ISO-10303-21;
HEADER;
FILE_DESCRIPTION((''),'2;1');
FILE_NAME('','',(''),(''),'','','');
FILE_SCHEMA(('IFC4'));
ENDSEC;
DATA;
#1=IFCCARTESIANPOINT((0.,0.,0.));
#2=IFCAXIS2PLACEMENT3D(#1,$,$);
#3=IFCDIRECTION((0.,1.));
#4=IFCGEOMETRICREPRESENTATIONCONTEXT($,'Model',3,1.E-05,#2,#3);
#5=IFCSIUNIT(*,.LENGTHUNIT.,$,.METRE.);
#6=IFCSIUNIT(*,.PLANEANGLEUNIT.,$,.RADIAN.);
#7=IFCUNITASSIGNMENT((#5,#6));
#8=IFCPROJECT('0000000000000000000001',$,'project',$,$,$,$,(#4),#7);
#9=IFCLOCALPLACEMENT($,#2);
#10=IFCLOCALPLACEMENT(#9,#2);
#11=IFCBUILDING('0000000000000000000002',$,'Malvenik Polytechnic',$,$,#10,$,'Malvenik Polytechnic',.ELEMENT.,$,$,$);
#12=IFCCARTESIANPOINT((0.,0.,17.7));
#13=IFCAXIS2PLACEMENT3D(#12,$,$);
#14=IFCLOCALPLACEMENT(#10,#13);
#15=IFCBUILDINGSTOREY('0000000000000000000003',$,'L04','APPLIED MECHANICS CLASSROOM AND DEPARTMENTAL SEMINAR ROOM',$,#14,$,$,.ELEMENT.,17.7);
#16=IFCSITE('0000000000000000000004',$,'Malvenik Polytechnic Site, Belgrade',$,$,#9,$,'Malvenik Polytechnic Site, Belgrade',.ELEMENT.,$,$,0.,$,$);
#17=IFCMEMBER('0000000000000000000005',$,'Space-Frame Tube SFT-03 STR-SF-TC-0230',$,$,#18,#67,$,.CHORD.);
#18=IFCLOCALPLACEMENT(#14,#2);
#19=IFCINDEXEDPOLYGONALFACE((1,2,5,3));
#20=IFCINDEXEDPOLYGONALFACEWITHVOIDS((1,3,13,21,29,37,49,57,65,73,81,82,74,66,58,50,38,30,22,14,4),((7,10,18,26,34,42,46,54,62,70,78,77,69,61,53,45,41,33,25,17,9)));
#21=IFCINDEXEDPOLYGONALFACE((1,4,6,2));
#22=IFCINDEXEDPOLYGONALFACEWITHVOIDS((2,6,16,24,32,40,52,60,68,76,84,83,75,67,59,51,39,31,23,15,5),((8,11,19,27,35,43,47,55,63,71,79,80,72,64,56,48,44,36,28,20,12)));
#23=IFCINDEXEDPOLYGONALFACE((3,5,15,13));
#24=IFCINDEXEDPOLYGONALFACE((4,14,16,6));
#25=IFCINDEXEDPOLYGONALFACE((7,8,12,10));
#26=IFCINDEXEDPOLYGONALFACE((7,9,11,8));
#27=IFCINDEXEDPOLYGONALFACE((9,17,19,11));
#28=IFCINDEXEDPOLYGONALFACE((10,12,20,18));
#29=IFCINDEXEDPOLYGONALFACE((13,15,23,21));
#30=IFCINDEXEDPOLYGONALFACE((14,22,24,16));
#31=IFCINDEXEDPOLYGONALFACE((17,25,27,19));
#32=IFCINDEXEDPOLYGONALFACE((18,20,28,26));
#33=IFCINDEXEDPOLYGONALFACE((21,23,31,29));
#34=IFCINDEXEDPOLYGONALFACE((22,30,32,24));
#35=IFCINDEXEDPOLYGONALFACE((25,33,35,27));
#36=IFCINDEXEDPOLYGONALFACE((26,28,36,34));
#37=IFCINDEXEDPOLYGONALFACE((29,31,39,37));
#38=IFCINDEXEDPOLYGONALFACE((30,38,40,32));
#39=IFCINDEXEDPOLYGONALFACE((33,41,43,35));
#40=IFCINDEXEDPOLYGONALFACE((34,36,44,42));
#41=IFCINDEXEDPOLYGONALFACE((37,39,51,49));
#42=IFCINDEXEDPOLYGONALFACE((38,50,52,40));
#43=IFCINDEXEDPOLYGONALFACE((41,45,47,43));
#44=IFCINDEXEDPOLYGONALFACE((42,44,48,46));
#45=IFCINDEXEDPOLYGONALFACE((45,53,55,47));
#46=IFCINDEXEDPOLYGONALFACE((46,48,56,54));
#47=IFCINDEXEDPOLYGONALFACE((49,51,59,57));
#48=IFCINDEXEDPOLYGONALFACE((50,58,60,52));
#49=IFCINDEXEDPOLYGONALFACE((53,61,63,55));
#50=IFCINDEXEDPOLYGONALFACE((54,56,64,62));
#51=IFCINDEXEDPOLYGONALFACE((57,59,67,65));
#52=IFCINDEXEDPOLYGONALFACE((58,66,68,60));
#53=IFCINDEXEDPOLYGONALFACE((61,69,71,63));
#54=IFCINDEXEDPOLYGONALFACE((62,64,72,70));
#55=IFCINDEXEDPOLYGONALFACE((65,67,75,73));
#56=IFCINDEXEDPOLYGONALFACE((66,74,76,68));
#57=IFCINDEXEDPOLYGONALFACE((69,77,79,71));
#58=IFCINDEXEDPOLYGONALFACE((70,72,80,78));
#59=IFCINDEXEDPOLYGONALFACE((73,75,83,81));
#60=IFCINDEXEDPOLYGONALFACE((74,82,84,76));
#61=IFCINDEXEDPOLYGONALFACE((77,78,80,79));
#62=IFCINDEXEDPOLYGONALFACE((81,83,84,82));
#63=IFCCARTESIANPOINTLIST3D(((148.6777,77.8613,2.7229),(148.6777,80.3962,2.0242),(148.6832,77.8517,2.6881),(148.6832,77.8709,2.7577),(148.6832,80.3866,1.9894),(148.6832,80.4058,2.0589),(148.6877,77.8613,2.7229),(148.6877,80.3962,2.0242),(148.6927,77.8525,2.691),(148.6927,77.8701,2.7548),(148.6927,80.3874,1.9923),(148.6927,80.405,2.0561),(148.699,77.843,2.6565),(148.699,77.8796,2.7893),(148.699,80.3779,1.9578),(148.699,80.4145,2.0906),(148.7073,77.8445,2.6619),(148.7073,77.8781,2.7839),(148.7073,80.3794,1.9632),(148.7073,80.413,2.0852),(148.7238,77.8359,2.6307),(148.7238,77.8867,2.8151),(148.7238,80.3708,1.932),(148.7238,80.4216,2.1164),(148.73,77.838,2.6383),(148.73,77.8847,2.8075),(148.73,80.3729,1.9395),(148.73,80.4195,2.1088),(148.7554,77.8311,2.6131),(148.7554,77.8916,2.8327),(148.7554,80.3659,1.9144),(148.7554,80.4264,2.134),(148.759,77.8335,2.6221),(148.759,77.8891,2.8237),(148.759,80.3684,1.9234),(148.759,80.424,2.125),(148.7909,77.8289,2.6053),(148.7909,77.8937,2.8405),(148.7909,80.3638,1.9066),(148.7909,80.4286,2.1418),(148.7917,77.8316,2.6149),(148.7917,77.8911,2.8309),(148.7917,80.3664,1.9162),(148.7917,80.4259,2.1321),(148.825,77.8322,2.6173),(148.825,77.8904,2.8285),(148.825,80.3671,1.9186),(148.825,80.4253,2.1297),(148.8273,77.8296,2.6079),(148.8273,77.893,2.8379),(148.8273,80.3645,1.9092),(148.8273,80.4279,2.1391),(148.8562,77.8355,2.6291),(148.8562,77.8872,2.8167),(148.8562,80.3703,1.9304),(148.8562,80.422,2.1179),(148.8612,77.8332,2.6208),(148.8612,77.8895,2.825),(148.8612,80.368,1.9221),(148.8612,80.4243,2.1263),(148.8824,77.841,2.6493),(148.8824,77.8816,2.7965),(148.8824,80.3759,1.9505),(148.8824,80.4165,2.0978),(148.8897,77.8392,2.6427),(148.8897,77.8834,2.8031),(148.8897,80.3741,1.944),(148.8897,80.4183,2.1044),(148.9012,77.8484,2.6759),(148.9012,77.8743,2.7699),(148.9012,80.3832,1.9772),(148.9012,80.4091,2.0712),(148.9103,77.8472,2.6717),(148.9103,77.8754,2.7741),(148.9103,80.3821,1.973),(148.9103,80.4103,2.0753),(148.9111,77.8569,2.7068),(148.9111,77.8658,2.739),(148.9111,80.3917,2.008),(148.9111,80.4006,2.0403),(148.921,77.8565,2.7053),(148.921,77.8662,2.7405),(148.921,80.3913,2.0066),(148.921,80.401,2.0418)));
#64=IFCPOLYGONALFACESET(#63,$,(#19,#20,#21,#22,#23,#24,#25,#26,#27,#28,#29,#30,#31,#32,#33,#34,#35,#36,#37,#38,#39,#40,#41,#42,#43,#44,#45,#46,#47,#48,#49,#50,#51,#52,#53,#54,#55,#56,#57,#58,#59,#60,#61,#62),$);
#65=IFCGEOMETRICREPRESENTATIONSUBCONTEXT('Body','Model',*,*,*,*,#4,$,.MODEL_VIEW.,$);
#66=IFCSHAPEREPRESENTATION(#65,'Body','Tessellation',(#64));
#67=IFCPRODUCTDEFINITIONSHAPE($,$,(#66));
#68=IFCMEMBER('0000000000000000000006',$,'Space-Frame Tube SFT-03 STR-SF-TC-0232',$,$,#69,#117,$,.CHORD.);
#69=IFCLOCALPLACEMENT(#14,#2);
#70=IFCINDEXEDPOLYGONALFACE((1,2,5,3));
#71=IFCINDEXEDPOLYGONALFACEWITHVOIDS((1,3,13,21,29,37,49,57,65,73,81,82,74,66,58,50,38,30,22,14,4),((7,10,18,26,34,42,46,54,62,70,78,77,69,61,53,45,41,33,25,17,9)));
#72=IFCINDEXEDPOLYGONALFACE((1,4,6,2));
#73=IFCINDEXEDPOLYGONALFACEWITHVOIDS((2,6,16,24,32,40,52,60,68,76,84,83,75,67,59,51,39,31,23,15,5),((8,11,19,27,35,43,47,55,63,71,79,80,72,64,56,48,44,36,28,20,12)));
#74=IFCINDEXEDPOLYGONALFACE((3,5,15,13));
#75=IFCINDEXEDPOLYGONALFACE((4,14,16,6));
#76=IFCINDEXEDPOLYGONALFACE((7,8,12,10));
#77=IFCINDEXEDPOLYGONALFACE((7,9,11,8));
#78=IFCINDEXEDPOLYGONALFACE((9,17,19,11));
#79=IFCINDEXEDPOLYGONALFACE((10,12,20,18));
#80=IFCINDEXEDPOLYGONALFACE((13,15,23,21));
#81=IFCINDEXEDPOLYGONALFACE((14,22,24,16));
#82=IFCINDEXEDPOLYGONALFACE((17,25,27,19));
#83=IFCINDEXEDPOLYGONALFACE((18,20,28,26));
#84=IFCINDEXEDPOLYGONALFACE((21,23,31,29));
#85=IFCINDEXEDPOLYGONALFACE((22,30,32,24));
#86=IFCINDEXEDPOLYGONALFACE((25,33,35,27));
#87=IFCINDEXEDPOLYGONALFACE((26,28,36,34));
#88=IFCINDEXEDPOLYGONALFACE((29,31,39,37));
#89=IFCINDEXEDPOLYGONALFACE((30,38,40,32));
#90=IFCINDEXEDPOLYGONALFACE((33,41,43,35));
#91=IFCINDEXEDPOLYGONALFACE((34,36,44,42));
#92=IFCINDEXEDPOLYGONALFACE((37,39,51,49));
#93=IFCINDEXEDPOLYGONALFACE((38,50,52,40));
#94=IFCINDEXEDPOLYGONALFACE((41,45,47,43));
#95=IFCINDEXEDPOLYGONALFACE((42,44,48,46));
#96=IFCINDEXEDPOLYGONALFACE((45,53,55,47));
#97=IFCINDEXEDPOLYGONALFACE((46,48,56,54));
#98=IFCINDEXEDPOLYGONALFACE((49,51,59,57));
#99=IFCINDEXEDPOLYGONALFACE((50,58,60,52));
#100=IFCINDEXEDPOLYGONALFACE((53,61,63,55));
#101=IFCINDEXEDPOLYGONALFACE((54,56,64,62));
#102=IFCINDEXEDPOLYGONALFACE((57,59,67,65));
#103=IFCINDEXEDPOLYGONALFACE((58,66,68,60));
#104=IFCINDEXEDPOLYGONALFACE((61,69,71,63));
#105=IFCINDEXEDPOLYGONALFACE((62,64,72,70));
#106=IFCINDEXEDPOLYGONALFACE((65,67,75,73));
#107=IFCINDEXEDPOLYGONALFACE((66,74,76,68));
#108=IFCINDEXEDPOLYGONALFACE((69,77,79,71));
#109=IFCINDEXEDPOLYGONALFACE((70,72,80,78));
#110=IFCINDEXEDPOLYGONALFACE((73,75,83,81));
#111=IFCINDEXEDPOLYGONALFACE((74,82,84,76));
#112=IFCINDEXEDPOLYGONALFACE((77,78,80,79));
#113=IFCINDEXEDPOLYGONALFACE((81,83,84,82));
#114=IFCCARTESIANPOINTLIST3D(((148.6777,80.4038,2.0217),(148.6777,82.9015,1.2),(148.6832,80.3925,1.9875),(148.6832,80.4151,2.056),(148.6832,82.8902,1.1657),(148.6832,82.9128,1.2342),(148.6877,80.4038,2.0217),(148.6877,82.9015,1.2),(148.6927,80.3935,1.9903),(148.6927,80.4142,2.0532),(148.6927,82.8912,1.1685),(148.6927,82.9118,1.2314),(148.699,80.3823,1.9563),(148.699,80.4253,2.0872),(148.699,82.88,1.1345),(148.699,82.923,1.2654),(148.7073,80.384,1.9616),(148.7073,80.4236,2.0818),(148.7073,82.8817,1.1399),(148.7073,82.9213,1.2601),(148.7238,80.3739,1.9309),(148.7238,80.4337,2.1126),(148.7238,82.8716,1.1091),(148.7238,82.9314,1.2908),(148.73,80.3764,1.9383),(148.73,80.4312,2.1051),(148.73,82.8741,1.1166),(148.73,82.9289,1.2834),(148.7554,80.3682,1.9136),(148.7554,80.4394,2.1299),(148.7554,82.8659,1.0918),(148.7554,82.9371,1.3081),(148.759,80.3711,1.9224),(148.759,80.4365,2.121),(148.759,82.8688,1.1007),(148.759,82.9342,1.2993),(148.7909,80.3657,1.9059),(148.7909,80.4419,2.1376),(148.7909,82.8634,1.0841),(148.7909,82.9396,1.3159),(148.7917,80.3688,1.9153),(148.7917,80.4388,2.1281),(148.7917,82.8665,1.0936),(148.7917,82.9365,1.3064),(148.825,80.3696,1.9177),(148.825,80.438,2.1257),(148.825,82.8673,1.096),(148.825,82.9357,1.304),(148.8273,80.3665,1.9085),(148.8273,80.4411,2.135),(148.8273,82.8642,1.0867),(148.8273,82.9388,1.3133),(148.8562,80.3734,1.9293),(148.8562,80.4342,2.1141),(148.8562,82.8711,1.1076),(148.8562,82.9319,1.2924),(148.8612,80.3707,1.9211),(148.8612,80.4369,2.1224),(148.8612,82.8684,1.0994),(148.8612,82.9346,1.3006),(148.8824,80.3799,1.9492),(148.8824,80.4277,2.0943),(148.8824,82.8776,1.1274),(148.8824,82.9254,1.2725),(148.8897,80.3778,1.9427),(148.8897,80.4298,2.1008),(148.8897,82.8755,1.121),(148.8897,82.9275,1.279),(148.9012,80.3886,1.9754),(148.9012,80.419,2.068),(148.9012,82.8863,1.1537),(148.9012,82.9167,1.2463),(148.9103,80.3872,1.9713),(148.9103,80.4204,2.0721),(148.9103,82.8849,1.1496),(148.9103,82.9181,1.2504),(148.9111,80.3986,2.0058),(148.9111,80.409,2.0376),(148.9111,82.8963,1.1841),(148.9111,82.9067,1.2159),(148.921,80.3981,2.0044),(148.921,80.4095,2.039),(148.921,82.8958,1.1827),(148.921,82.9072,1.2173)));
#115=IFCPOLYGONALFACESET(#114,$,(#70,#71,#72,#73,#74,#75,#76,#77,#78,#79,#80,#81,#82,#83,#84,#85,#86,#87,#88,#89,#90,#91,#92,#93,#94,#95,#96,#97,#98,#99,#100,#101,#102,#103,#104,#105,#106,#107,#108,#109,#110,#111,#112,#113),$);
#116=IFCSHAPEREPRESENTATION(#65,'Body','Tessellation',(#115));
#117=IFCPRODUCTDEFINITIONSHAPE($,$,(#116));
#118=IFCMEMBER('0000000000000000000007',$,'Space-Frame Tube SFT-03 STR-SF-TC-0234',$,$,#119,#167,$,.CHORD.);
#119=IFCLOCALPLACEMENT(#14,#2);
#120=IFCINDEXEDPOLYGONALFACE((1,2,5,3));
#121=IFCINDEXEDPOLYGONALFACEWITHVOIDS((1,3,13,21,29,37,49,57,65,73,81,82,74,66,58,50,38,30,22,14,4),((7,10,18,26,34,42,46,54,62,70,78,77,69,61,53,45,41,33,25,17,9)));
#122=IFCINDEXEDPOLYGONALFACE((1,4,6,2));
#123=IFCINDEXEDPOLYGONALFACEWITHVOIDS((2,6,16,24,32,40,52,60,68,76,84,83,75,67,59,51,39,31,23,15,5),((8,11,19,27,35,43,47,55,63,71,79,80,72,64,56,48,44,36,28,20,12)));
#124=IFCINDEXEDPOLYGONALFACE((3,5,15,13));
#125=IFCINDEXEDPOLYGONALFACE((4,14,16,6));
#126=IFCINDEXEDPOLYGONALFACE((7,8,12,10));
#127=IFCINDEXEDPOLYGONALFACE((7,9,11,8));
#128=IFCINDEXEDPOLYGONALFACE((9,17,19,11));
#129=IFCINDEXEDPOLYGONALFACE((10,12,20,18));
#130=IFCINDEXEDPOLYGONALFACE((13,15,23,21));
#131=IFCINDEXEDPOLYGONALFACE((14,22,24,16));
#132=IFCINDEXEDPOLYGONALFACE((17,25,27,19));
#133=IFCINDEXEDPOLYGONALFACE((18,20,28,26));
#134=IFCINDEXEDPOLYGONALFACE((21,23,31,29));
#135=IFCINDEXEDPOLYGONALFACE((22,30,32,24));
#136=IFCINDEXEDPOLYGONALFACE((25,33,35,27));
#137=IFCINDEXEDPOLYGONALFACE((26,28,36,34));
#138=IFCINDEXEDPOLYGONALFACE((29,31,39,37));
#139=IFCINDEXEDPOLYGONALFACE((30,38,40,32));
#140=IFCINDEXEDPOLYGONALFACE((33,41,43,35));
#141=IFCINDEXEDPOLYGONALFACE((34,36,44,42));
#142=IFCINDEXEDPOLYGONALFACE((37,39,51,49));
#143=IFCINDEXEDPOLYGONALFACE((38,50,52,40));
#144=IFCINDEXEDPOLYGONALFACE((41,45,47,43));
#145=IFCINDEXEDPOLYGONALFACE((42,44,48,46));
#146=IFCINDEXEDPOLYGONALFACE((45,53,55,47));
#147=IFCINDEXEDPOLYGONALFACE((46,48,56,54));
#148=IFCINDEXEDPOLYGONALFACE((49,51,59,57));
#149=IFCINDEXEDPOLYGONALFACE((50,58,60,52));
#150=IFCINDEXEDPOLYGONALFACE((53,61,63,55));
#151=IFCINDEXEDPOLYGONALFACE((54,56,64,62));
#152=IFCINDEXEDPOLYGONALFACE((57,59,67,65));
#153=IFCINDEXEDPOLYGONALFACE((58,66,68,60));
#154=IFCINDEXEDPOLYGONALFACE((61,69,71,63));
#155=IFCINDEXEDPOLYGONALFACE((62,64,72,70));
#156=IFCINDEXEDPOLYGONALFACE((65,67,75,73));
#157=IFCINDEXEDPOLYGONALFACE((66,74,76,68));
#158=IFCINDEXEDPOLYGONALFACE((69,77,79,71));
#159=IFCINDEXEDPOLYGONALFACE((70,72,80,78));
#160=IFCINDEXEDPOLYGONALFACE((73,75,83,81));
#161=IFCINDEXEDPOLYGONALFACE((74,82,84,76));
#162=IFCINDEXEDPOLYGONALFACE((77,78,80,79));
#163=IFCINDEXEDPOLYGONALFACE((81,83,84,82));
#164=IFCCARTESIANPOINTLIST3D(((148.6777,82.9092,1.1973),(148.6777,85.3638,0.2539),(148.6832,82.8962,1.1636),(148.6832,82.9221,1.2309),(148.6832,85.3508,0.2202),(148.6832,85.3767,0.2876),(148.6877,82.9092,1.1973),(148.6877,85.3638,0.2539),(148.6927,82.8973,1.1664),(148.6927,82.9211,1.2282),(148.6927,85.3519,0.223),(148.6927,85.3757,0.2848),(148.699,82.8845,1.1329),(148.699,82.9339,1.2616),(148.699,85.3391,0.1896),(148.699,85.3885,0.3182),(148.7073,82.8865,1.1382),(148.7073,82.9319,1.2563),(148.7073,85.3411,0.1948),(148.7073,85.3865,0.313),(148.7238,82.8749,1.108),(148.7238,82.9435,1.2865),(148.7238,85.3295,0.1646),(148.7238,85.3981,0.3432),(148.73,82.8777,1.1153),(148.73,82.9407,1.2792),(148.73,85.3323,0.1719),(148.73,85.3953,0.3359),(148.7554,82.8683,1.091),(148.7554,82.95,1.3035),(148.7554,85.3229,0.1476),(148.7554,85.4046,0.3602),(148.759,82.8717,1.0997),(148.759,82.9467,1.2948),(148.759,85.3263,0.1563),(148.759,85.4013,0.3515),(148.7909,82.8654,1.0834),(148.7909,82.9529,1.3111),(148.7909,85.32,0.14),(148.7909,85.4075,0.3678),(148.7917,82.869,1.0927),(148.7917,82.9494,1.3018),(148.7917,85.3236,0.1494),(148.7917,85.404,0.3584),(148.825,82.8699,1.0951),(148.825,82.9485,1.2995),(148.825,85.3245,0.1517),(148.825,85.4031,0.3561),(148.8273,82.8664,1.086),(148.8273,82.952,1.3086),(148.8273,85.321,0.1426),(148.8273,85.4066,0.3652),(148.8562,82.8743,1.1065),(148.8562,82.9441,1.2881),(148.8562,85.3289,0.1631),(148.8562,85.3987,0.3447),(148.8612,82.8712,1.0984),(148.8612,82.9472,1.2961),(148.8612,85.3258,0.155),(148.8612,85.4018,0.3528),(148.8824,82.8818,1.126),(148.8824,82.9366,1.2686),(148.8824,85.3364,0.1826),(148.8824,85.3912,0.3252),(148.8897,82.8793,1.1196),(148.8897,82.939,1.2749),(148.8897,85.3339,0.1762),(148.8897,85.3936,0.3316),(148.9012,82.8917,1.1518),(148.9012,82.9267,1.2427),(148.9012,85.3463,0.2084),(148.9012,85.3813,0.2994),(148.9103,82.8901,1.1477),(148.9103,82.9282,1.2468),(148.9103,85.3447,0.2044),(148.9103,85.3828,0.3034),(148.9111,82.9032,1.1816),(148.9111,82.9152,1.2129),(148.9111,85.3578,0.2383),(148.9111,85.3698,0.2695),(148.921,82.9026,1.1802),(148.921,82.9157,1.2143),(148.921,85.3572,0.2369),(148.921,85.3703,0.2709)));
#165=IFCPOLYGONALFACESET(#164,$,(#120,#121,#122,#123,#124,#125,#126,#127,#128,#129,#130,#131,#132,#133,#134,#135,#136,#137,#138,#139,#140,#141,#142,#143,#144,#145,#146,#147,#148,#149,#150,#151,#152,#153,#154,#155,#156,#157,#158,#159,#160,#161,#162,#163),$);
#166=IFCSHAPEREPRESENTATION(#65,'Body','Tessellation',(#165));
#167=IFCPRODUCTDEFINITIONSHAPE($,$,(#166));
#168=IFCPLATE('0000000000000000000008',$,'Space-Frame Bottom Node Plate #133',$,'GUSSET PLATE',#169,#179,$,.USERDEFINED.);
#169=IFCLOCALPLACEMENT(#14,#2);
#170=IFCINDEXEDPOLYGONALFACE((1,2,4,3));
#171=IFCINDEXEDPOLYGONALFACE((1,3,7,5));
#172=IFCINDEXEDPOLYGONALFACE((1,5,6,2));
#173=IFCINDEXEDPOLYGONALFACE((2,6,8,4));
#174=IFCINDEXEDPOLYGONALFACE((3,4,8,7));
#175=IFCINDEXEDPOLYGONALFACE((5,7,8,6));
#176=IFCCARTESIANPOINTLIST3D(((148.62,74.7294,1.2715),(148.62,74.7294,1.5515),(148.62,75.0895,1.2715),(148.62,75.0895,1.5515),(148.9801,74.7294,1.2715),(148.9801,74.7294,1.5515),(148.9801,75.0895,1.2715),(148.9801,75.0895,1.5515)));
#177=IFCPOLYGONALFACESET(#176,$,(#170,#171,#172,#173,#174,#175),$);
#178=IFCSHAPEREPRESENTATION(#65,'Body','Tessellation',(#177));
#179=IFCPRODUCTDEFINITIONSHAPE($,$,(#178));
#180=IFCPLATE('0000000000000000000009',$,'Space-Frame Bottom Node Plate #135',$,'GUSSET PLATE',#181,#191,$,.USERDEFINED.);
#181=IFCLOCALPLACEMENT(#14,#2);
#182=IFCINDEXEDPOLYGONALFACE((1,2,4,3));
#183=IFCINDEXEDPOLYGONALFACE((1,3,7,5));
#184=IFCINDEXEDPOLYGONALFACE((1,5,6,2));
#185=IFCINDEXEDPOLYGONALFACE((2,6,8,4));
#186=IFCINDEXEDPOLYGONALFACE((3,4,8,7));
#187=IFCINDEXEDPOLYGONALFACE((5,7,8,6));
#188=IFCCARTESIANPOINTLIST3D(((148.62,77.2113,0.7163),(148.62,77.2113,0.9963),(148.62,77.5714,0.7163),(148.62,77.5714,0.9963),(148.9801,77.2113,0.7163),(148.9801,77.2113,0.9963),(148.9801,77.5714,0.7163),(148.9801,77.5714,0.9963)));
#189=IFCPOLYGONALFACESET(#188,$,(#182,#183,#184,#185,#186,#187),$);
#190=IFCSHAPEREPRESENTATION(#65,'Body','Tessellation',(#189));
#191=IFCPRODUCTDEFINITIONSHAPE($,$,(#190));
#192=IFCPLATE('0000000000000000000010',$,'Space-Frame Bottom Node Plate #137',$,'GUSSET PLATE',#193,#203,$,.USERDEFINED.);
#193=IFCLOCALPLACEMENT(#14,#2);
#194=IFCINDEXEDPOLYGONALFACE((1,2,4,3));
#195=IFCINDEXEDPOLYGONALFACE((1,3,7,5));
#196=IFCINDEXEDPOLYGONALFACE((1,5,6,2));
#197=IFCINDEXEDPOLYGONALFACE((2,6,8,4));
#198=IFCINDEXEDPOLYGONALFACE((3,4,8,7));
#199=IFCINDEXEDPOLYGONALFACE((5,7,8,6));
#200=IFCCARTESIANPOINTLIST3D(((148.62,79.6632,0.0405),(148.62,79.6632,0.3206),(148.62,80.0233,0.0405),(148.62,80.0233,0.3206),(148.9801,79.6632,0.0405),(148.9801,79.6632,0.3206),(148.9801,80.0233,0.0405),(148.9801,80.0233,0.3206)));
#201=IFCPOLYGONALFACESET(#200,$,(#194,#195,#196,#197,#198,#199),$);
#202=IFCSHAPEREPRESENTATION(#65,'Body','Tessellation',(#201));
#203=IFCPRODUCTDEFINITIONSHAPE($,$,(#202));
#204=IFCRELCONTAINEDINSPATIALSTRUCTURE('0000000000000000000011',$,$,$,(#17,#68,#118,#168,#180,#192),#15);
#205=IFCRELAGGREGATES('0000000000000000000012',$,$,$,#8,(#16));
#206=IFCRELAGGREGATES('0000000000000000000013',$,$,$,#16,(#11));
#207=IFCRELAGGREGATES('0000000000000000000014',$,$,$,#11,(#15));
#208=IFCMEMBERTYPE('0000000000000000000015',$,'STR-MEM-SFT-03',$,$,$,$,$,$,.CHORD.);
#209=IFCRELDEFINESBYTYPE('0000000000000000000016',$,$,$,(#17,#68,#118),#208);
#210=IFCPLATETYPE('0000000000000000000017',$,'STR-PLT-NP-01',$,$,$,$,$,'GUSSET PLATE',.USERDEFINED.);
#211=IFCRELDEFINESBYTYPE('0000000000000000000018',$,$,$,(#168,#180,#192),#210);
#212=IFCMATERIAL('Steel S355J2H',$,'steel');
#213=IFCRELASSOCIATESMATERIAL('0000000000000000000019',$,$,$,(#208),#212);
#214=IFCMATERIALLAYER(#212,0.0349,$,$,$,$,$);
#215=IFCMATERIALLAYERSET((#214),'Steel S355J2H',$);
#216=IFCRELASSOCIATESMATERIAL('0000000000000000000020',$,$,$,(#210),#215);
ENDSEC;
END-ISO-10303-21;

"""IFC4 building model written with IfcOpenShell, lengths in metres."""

from ifc_helpers import new_model, si_unit, direction, frame, origin, origin_2d, place, context, subcontext, project, spatial, rectangle, hollow_circle, extrude, material, layer, layer_set, material_profile, profile_set, type_object, element, save


model = new_model("IFC4")

# Units and contexts
model_context = context("Model", 3, precision=1e-05, world=origin(), true_north=direction((0.0, 1.0)))
body_context = subcontext(model_context, "Body", "Model", "MODEL_VIEW")
ifc_project = project(units=[si_unit("LENGTHUNIT", "METRE"), si_unit("PLANEANGLEUNIT", "RADIAN")], contexts=[model_context])

# Site, building, storey
site_placement = place(None, origin())
site = spatial("IfcSite", under=ifc_project, at=site_placement, Name="Malvenik Polytechnic Site, Belgrade", LongName="Malvenik Polytechnic Site, Belgrade", CompositionType="ELEMENT", RefElevation=0.0)
building_placement = place(site_placement, origin())
building = spatial("IfcBuilding", under=site, at=building_placement, Name="Malvenik Polytechnic", LongName="Malvenik Polytechnic", CompositionType="ELEMENT")
storey_placement = place(building_placement, frame((0.0, 0.0, 17.7)))
storey = spatial("IfcBuildingStorey", under=building, at=storey_placement, Name="L04", Description="APPLIED MECHANICS CLASSROOM AND DEPARTMENTAL SEMINAR ROOM", CompositionType="ELEMENT", Elevation=17.7)

# Members
ifc_material = material(Name="Steel S355J2H", Category="steel")
ifc_material_profile_1 = material_profile(ifc_material, hollow_circle(Radius=0.1223, WallThickness=0.01, at=origin_2d()), Name="CHS 244.5x10.0")
ifc_profile_set_1 = profile_set([ifc_material_profile_1], Name="Steel S355J2H")
member_type_1 = type_object("IfcMemberType", Name="STR-MEM-SFT-03", PredefinedType="CHORD", material=ifc_profile_set_1)
for number, where, z_axis, x_axis, name in (
    (1, (148.8, 77.8613, 2.7229), (0.0, 0.964047, -0.265733), (-1.0, 0.0, 0.0), "Space-Frame Tube SFT-03 STR-SF-TC-0230"),
    (2, (148.8, 80.4038, 2.0217), (0.0, 0.949911, -0.312521), (-1.0, 0.0, 0.0), "Space-Frame Tube SFT-03 STR-SF-TC-0232"),
):
    element("IfcMember", number, at=place(storey_placement, frame(where, z_axis=z_axis, x_axis=x_axis)), inside=storey, type_object=member_type_1, Name=name, PredefinedType="CHORD", context=body_context, shape_type="SweptSolid", body=[
        extrude(hollow_circle(Radius=0.1223, WallThickness=0.01, at=origin_2d()), origin(), (0.0, 0.0, 1.0), 2.6294),
    ])
member_1_placement = place(storey_placement, frame((148.8, 82.9092, 1.1973), z_axis=(0.0, 0.933437, -0.358743), x_axis=(-1.0, 0.0, 0.0)))
element("IfcMember", 3, at=member_1_placement, inside=storey, type_object=member_type_1, Name="Space-Frame Tube SFT-03 STR-SF-TC-0234", PredefinedType="CHORD", context=body_context, shape_type="SweptSolid", body=[
    extrude(hollow_circle(Radius=0.1223, WallThickness=0.01, at=origin_2d()), origin(), (0.0, 0.0, 1.0), 2.6296),
])

# Plates
ifc_layer_1 = layer(ifc_material, 0.0349)
ifc_layer_set_1 = layer_set([ifc_layer_1], Name="Steel S355J2H")
plate_type_1 = type_object("IfcPlateType", Name="STR-PLT-NP-01", ElementType="GUSSET PLATE", PredefinedType="USERDEFINED", material=ifc_layer_set_1)
for number, where, z_axis, x_axis, name in (
    (4, (148.8, 74.9094, 1.2715), (0.0, 0.0, 1.0), (1.0, 0.0, 0.0), "Space-Frame Bottom Node Plate #133"),
    (5, (148.8, 77.3914, 0.7163), (0.0, 0.0, 1.0), (1.0, 0.0, 0.0), "Space-Frame Bottom Node Plate #135"),
    (6, (148.8, 79.8433, 0.0405), (0.0, 0.0, 1.0), (1.0, 0.0, 0.0), "Space-Frame Bottom Node Plate #137"),
):
    element("IfcPlate", number, at=place(storey_placement, frame(where, z_axis=z_axis, x_axis=x_axis)), inside=storey, type_object=plate_type_1, Name=name, ObjectType="GUSSET PLATE", PredefinedType="USERDEFINED", context=body_context, shape_type="SweptSolid", body=[
        extrude(rectangle(XDim=0.3601, YDim=0.3601, at=origin_2d()), origin(), (0.0, 0.0, 1.0), 0.28),
    ])

save(model, "model.ifc")
